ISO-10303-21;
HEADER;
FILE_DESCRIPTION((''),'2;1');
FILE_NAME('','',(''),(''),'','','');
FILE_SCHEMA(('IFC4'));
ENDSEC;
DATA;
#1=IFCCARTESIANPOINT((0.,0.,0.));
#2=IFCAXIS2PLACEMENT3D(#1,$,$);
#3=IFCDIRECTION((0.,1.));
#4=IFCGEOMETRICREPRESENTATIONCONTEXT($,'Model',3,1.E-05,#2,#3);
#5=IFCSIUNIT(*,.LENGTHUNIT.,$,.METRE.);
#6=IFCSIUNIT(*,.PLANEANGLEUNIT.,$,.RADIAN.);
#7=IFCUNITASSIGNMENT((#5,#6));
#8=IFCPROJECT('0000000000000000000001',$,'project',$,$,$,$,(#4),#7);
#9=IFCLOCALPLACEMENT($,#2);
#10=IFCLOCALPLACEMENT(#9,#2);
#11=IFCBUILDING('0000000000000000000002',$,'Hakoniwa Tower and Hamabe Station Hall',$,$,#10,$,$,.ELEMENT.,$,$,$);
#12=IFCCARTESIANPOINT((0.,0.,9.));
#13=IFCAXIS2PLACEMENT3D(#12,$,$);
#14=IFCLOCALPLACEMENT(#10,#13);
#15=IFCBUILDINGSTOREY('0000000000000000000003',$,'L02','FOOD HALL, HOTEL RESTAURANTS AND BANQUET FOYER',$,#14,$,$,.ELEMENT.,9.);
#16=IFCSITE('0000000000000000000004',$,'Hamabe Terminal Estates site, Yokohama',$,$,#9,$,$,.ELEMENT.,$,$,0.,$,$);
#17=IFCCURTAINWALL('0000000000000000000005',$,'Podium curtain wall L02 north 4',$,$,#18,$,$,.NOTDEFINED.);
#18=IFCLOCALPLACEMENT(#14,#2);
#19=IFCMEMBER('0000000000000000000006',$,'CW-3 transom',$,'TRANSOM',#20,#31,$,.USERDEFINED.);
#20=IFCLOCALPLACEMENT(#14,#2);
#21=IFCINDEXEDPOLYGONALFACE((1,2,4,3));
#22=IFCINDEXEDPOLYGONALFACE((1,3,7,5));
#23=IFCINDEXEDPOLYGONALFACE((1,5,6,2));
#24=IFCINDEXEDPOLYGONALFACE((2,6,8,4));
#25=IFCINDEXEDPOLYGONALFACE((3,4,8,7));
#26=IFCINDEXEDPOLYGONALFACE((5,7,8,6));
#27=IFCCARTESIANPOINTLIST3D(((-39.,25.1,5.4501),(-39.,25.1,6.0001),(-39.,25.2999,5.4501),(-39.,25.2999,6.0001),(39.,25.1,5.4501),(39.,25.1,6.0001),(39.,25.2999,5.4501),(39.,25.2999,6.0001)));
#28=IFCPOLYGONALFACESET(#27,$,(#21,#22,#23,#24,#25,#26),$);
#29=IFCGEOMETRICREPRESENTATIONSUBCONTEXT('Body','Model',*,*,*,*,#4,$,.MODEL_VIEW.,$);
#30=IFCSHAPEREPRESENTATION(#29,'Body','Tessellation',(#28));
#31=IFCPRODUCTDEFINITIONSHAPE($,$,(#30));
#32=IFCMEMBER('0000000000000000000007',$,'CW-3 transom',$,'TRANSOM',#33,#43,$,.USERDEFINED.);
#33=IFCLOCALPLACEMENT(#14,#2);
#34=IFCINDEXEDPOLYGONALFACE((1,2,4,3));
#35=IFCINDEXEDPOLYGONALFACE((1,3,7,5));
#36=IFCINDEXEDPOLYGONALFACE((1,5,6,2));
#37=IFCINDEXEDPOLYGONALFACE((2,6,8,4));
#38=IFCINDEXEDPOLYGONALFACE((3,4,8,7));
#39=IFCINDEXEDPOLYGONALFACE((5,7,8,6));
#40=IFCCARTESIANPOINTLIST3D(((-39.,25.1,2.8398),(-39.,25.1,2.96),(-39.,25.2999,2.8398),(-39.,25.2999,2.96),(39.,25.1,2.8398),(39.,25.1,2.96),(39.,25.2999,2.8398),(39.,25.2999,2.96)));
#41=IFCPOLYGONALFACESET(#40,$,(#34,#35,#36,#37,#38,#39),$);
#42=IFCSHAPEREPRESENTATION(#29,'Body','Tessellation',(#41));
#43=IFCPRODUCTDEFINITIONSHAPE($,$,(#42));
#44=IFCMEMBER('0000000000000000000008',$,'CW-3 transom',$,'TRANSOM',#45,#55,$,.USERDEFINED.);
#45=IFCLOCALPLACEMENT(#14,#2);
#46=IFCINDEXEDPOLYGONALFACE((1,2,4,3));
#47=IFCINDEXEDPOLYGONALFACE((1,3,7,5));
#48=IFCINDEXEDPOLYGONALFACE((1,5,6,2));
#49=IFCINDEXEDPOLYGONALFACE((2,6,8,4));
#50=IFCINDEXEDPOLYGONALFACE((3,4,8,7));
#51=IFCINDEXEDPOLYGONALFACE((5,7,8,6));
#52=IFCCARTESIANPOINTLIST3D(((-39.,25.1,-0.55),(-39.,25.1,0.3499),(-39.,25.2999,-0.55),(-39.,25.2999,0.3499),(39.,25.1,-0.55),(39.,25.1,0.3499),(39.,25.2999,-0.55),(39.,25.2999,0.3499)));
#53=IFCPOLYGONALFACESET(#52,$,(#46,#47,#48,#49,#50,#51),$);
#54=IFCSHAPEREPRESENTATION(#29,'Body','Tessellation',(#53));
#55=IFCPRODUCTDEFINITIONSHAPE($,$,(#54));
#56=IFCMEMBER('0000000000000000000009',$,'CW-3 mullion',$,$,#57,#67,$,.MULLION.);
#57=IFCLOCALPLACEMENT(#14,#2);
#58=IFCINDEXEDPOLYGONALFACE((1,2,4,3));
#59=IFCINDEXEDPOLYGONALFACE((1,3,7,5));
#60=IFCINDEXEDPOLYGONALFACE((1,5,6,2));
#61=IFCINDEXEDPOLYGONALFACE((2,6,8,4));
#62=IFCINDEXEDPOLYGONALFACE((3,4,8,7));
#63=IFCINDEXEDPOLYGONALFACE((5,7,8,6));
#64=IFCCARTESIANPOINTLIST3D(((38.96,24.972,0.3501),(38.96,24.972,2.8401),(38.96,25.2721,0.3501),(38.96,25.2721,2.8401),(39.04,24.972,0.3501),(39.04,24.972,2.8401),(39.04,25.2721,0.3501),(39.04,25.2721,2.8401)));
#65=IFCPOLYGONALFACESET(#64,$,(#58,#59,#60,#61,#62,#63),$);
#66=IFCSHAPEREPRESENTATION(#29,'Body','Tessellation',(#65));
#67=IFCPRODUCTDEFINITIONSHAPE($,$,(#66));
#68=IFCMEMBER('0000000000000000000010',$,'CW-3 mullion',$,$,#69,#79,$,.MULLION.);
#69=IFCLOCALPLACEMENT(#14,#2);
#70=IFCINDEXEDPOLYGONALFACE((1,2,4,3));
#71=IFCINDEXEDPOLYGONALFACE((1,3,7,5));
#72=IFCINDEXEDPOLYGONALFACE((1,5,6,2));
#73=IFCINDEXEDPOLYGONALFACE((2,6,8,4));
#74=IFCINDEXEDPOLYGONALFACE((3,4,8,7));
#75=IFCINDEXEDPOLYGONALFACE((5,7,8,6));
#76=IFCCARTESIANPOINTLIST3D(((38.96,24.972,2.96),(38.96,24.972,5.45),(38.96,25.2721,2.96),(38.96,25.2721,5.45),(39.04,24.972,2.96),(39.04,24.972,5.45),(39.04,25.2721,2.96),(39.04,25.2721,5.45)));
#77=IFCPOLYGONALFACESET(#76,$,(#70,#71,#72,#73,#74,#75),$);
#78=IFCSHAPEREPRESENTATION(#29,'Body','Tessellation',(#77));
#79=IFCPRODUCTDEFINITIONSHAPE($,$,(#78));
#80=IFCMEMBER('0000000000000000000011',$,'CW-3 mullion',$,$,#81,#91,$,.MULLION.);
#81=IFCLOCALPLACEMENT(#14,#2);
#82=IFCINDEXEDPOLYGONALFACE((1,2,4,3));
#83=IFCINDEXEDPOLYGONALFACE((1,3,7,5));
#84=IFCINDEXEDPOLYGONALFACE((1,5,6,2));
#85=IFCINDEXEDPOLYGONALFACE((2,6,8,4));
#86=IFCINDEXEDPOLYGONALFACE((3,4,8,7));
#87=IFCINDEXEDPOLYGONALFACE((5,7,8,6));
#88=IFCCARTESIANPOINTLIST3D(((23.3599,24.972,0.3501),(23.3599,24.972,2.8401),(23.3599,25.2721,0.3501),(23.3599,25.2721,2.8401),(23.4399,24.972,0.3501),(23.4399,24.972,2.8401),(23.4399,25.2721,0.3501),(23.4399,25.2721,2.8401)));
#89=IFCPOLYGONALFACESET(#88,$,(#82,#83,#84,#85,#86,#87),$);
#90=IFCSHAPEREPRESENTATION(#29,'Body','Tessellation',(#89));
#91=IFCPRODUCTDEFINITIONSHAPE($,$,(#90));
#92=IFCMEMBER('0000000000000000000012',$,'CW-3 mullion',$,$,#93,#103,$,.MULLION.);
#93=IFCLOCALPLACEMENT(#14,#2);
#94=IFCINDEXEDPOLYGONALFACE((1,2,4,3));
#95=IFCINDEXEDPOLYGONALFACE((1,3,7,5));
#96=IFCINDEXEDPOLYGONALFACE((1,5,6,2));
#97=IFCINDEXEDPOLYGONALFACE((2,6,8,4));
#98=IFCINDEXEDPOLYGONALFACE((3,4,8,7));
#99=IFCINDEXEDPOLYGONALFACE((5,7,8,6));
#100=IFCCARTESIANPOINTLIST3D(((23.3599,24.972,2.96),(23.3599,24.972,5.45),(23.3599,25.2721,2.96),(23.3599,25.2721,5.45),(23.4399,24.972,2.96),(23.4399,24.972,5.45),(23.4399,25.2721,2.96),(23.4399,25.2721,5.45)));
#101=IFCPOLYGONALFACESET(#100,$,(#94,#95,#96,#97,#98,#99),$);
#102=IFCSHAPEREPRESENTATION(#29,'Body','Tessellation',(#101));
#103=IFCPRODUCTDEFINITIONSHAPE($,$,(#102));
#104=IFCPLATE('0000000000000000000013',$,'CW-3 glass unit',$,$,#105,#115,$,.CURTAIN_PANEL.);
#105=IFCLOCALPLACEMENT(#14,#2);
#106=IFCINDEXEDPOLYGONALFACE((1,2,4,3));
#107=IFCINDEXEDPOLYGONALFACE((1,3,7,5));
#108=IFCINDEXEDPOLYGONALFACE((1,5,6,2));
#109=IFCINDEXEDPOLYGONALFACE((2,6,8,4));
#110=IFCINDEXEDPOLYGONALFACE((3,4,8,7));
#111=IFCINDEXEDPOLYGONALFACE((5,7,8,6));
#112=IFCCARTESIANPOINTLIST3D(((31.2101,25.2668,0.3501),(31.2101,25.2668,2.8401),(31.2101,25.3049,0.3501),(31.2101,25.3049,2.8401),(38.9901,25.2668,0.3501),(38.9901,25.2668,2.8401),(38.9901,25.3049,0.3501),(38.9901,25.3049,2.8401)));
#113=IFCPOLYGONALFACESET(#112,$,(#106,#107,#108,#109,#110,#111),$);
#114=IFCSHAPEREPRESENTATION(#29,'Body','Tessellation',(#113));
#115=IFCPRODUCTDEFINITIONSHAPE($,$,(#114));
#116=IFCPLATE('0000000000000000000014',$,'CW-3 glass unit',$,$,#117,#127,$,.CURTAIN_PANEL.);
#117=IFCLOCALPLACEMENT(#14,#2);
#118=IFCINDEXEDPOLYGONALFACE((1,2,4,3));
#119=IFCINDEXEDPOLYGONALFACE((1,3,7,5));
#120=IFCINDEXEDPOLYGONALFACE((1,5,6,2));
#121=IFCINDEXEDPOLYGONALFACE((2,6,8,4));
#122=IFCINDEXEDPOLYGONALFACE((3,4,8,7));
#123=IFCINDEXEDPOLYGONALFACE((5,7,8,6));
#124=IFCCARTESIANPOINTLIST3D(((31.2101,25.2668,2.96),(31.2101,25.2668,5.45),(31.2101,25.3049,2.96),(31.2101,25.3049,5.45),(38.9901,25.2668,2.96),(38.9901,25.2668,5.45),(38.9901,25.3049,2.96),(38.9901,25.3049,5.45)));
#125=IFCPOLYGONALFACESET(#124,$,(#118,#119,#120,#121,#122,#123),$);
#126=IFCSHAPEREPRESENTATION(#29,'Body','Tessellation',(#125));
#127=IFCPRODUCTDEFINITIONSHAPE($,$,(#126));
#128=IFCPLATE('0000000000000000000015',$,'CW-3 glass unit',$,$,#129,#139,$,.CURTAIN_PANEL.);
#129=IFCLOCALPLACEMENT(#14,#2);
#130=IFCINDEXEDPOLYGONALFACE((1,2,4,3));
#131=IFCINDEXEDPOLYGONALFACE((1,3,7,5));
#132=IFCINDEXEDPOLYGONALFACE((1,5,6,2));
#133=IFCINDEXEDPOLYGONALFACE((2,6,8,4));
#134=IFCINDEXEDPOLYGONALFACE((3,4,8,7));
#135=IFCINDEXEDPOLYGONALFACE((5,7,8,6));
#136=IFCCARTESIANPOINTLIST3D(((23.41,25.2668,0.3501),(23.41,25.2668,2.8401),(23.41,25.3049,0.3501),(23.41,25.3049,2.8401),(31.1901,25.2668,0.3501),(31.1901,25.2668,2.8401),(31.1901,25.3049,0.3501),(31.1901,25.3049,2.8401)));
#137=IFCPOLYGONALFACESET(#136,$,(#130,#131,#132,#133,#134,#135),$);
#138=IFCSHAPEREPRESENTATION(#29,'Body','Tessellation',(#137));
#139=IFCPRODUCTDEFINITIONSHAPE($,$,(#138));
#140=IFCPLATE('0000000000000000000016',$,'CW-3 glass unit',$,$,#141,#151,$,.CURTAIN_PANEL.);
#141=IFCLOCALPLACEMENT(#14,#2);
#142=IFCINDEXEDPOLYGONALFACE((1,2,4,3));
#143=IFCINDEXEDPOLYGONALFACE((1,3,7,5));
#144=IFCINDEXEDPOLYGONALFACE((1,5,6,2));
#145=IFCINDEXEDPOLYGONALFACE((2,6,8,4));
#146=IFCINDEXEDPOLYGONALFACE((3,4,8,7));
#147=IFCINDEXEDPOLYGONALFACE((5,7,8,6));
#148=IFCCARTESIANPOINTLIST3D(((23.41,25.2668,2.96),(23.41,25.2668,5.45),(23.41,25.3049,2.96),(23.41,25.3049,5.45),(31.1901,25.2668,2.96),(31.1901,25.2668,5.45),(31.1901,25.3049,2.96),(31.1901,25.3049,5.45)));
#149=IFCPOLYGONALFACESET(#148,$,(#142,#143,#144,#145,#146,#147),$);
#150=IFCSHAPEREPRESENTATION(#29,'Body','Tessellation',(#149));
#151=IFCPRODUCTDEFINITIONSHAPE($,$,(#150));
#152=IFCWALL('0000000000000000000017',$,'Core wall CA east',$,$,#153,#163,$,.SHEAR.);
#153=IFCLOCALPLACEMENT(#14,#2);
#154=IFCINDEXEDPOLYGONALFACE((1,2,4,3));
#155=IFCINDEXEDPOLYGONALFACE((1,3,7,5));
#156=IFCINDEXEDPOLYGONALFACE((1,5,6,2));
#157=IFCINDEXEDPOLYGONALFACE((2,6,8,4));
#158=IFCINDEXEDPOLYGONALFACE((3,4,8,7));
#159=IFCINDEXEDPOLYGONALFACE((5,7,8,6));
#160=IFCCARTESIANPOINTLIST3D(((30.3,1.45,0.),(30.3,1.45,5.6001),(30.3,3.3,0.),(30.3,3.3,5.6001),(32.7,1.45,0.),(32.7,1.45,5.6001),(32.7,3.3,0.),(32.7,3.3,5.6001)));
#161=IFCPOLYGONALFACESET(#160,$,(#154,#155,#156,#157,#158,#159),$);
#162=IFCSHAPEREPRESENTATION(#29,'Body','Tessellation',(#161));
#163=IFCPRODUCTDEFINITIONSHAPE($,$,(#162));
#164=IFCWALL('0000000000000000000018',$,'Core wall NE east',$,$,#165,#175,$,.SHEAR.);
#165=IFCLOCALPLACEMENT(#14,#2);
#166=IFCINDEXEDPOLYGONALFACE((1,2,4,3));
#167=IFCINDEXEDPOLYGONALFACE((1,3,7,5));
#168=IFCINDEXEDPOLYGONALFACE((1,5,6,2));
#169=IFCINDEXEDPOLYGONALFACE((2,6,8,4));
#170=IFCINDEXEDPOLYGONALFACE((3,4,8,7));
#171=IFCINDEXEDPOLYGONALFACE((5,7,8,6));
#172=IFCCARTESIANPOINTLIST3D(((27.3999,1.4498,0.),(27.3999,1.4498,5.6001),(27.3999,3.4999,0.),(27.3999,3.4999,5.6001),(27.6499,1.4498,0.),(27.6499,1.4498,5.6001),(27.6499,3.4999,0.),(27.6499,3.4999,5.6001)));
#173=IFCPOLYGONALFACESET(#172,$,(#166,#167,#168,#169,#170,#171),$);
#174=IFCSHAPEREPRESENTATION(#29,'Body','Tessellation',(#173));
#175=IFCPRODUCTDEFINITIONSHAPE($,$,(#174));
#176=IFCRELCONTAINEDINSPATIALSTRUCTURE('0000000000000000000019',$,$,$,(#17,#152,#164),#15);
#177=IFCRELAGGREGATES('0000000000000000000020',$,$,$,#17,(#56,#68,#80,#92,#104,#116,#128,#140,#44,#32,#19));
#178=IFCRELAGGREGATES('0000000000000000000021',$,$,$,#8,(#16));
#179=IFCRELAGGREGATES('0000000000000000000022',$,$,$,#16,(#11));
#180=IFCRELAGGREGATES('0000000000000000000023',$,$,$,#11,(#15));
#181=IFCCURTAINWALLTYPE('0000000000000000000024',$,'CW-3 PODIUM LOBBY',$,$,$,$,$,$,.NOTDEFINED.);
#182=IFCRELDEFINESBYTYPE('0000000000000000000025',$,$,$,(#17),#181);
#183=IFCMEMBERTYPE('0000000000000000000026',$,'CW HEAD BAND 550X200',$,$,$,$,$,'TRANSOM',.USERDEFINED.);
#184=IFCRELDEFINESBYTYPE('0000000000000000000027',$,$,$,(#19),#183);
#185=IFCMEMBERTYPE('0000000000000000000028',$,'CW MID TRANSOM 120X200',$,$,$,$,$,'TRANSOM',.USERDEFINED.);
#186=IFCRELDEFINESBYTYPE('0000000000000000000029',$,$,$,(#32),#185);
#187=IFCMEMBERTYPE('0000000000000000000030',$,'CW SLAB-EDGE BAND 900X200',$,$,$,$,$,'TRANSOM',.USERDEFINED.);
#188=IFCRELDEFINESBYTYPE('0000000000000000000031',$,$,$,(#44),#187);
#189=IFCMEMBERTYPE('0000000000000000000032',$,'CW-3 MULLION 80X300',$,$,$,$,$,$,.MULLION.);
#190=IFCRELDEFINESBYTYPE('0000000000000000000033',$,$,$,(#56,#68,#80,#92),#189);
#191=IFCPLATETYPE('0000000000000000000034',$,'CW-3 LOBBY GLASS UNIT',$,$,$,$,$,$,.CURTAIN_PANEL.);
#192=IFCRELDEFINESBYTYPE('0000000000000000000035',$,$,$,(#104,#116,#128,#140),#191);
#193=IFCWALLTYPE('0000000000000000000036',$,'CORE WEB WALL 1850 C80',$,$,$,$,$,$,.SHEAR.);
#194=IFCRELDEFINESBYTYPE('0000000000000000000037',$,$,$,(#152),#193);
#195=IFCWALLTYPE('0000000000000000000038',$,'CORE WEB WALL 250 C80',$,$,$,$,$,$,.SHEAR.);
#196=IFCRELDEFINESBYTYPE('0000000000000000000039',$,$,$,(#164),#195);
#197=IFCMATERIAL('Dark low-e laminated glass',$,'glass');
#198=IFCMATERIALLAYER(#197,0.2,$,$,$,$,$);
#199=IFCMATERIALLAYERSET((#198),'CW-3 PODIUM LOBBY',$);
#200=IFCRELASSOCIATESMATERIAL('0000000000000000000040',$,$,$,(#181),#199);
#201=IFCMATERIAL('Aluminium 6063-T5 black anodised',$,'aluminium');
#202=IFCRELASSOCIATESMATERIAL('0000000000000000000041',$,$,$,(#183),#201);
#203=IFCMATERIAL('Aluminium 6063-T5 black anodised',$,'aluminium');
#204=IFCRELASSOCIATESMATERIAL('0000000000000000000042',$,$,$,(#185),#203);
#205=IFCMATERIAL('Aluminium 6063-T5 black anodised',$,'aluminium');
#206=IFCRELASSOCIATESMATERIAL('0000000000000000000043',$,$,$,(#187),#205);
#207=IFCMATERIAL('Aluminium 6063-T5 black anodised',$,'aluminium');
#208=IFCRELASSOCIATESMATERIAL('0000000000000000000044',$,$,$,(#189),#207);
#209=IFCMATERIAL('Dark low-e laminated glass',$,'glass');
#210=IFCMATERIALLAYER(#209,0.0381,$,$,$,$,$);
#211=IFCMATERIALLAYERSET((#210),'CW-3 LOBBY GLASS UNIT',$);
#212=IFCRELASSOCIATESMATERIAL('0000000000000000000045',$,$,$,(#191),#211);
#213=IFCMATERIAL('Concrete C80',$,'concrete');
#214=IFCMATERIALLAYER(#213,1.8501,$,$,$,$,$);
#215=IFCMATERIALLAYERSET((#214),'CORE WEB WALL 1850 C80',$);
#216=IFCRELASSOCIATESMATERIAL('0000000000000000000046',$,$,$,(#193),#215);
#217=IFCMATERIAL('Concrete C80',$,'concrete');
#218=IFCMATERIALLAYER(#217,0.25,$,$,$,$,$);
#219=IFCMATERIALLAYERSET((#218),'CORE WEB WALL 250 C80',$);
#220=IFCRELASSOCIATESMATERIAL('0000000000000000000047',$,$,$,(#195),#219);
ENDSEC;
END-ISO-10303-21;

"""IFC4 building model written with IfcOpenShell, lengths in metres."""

from ifc_helpers import new_model, si_unit, direction, frame, frame_2d, origin, origin_2d, place, context, subcontext, project, spatial, rectangle, extrude, material, layer, layer_set, material_profile, profile_set, type_object, element, aggregate, save


model = new_model("IFC4")

# Units and contexts
model_context = context("Model", 3, precision=1e-05, world=origin(), true_north=direction((0.0, 1.0)))
body_context = subcontext(model_context, "Body", "Model", "MODEL_VIEW")
ifc_project = project(units=[si_unit("LENGTHUNIT", "METRE"), si_unit("PLANEANGLEUNIT", "RADIAN")], contexts=[model_context])

# Site, building, storey
site_placement = place(None, origin())
site = spatial("IfcSite", under=ifc_project, at=site_placement, Name="Hamabe Terminal Estates site, Yokohama", CompositionType="ELEMENT", RefElevation=0.0)
building_placement = place(site_placement, origin())
building = spatial("IfcBuilding", under=site, at=building_placement, Name="Hakoniwa Tower and Hamabe Station Hall", CompositionType="ELEMENT")
storey_placement = place(building_placement, frame((0.0, 0.0, 9.0)))
storey = spatial("IfcBuildingStorey", under=building, at=storey_placement, Name="L02", Description="FOOD HALL, HOTEL RESTAURANTS AND BANQUET FOYER", CompositionType="ELEMENT", Elevation=9.0)

# Curtain wall, members, plates
ifc_material_1 = material(Name="Dark low-e laminated glass", Category="glass")
ifc_layer_1 = layer(ifc_material_1, 0.2)
ifc_layer_set_1 = layer_set([ifc_layer_1], Name="CW-3 PODIUM LOBBY")
curtain_wall_type = type_object("IfcCurtainWallType", Name="CW-3 PODIUM LOBBY", PredefinedType="NOTDEFINED", material=ifc_layer_set_1)
curtain_wall_placement = place(storey_placement, origin())
curtain_wall = element("IfcCurtainWall", 1, at=curtain_wall_placement, inside=storey, type_object=curtain_wall_type, Name="Podium curtain wall L02 north 4", PredefinedType="NOTDEFINED")
ifc_material_2 = material(Name="Aluminium 6063-T5 black anodised", Category="aluminium")
ifc_material_profile_1 = material_profile(ifc_material_2, rectangle(XDim=0.2, YDim=0.55, at=origin_2d()), Name="CW HEAD BAND 550X200")
ifc_profile_set_1 = profile_set([ifc_material_profile_1], Name="Aluminium 6063-T5 black anodised")
member_type_1 = type_object("IfcMemberType", Name="CW HEAD BAND 550X200", ElementType="TRANSOM", PredefinedType="USERDEFINED", material=ifc_profile_set_1)
member_1_placement = place(storey_placement, frame((39.0, 25.2, 5.7251), z_axis=(-1.0, 0.0, 0.0), x_axis=(0.0, -1.0, 0.0)))
member_1 = element("IfcMember", 2, at=member_1_placement, type_object=member_type_1, Name="CW-3 transom", ObjectType="TRANSOM", PredefinedType="USERDEFINED", context=body_context, shape_type="SweptSolid", body=[
    extrude(rectangle(XDim=0.2, YDim=0.55, at=origin_2d()), origin(), (0.0, 0.0, 1.0), 78.0),
])
ifc_material_3 = material(Name="Aluminium 6063-T5 black anodised", Category="aluminium")
ifc_material_profile_2 = material_profile(ifc_material_3, rectangle(XDim=0.2, YDim=0.1201, at=origin_2d()), Name="CW MID TRANSOM 120X200")
ifc_profile_set_2 = profile_set([ifc_material_profile_2], Name="Aluminium 6063-T5 black anodised")
member_type_2 = type_object("IfcMemberType", Name="CW MID TRANSOM 120X200", ElementType="TRANSOM", PredefinedType="USERDEFINED", material=ifc_profile_set_2)
member_2_placement = place(storey_placement, frame((39.0, 25.2, 2.8999), z_axis=(-1.0, 0.0, 0.0), x_axis=(0.0, -1.0, 0.0)))
member_2 = element("IfcMember", 3, at=member_2_placement, type_object=member_type_2, Name="CW-3 transom", ObjectType="TRANSOM", PredefinedType="USERDEFINED", context=body_context, shape_type="SweptSolid", body=[
    extrude(rectangle(XDim=0.2, YDim=0.1201, at=origin_2d()), origin(), (0.0, 0.0, 1.0), 78.0),
])
ifc_material_4 = material(Name="Aluminium 6063-T5 black anodised", Category="aluminium")
ifc_material_profile_3 = material_profile(ifc_material_4, rectangle(XDim=0.2, YDim=0.8999, at=origin_2d()), Name="CW SLAB-EDGE BAND 900X200")
ifc_profile_set_3 = profile_set([ifc_material_profile_3], Name="Aluminium 6063-T5 black anodised")
member_type_3 = type_object("IfcMemberType", Name="CW SLAB-EDGE BAND 900X200", ElementType="TRANSOM", PredefinedType="USERDEFINED", material=ifc_profile_set_3)
member_3_placement = place(storey_placement, frame((39.0, 25.2, -0.1001), z_axis=(-1.0, 0.0, 0.0), x_axis=(0.0, -1.0, 0.0)))
member_3 = element("IfcMember", 4, at=member_3_placement, type_object=member_type_3, Name="CW-3 transom", ObjectType="TRANSOM", PredefinedType="USERDEFINED", context=body_context, shape_type="SweptSolid", body=[
    extrude(rectangle(XDim=0.2, YDim=0.8999, at=origin_2d()), origin(), (0.0, 0.0, 1.0), 78.0),
])
ifc_material_5 = material(Name="Aluminium 6063-T5 black anodised", Category="aluminium")
ifc_material_profile_4 = material_profile(ifc_material_5, rectangle(XDim=0.0801, YDim=0.3, at=origin_2d()), Name="CW-3 MULLION 80X300")
ifc_profile_set_4 = profile_set([ifc_material_profile_4], Name="Aluminium 6063-T5 black anodised")
member_type_4 = type_object("IfcMemberType", Name="CW-3 MULLION 80X300", PredefinedType="MULLION", material=ifc_profile_set_4)
member_4_placement = place(storey_placement, frame((39.0, 25.1221, 0.3501), z_axis=(0.0, 0.0, 1.0), x_axis=(-1.0, 0.0, 0.0)))
member_4 = element("IfcMember", 5, at=member_4_placement, type_object=member_type_4, Name="CW-3 mullion", PredefinedType="MULLION", context=body_context, shape_type="SweptSolid", body=[
    extrude(rectangle(XDim=0.0801, YDim=0.3, at=origin_2d()), origin(), (0.0, 0.0, 1.0), 2.49),
])
member_5_placement = place(storey_placement, frame((39.0, 25.1221, 2.96), z_axis=(0.0, 0.0, 1.0), x_axis=(-1.0, 0.0, 0.0)))
member_5 = element("IfcMember", 6, at=member_5_placement, type_object=member_type_4, Name="CW-3 mullion", PredefinedType="MULLION", context=body_context, shape_type="SweptSolid", body=[
    extrude(rectangle(XDim=0.0801, YDim=0.3, at=origin_2d()), origin(), (0.0, 0.0, 1.0), 2.49),
])
member_6_placement = place(storey_placement, frame((23.3999, 25.1221, 0.3501), z_axis=(0.0, 0.0, 1.0), x_axis=(-1.0, 0.0, 0.0)))
member_6 = element("IfcMember", 7, at=member_6_placement, type_object=member_type_4, Name="CW-3 mullion", PredefinedType="MULLION", context=body_context, shape_type="SweptSolid", body=[
    extrude(rectangle(XDim=0.0801, YDim=0.3, at=origin_2d()), origin(), (0.0, 0.0, 1.0), 2.49),
])
member_7_placement = place(storey_placement, frame((23.3999, 25.1221, 2.96), z_axis=(0.0, 0.0, 1.0), x_axis=(-1.0, 0.0, 0.0)))
member_7 = element("IfcMember", 8, at=member_7_placement, type_object=member_type_4, Name="CW-3 mullion", PredefinedType="MULLION", context=body_context, shape_type="SweptSolid", body=[
    extrude(rectangle(XDim=0.0801, YDim=0.3, at=origin_2d()), origin(), (0.0, 0.0, 1.0), 2.49),
])
ifc_material_6 = material(Name="Dark low-e laminated glass", Category="glass")
ifc_layer_2 = layer(ifc_material_6, 0.0381)
ifc_layer_set_2 = layer_set([ifc_layer_2], Name="CW-3 LOBBY GLASS UNIT")
plate_type = type_object("IfcPlateType", Name="CW-3 LOBBY GLASS UNIT", PredefinedType="CURTAIN_PANEL", material=ifc_layer_set_2)
plate_1_placement = place(storey_placement, frame((35.1001, 25.2859, 0.3501), z_axis=(0.0, 0.0, 1.0), x_axis=(-1.0, 0.0, 0.0)))
plate_1 = element("IfcPlate", 9, at=plate_1_placement, type_object=plate_type, Name="CW-3 glass unit", PredefinedType="CURTAIN_PANEL", context=body_context, shape_type="SweptSolid", body=[
    extrude(rectangle(XDim=7.78, YDim=0.0381, at=origin_2d()), origin(), (0.0, 0.0, 1.0), 2.49),
])
plate_2_placement = place(storey_placement, frame((35.1001, 25.2859, 2.96), z_axis=(0.0, 0.0, 1.0), x_axis=(-1.0, 0.0, 0.0)))
plate_2 = element("IfcPlate", 10, at=plate_2_placement, type_object=plate_type, Name="CW-3 glass unit", PredefinedType="CURTAIN_PANEL", context=body_context, shape_type="SweptSolid", body=[
    extrude(rectangle(XDim=7.78, YDim=0.0381, at=origin_2d()), origin(), (0.0, 0.0, 1.0), 2.49),
])
plate_3_placement = place(storey_placement, frame((27.3, 25.2859, 0.3501), z_axis=(0.0, 0.0, 1.0), x_axis=(-1.0, 0.0, 0.0)))
plate_3 = element("IfcPlate", 11, at=plate_3_placement, type_object=plate_type, Name="CW-3 glass unit", PredefinedType="CURTAIN_PANEL", context=body_context, shape_type="SweptSolid", body=[
    extrude(rectangle(XDim=7.78, YDim=0.0381, at=origin_2d()), origin(), (0.0, 0.0, 1.0), 2.49),
])
plate_4_placement = place(storey_placement, frame((27.3, 25.2859, 2.96), z_axis=(0.0, 0.0, 1.0), x_axis=(-1.0, 0.0, 0.0)))
plate_4 = element("IfcPlate", 12, at=plate_4_placement, type_object=plate_type, Name="CW-3 glass unit", PredefinedType="CURTAIN_PANEL", context=body_context, shape_type="SweptSolid", body=[
    extrude(rectangle(XDim=7.78, YDim=0.0381, at=origin_2d()), origin(), (0.0, 0.0, 1.0), 2.49),
])
aggregate(curtain_wall, [member_4, member_5, member_6, member_7, plate_1, plate_2, plate_3, plate_4, member_3, member_2, member_1])

# Walls
ifc_material_7 = material(Name="Concrete C80", Category="concrete")
ifc_layer_3 = layer(ifc_material_7, 1.8501)
ifc_layer_set_3 = layer_set([ifc_layer_3], Name="CORE WEB WALL 1850 C80")
wall_type_1 = type_object("IfcWallType", Name="CORE WEB WALL 1850 C80", PredefinedType="SHEAR", material=ifc_layer_set_3)
wall_1_placement = place(storey_placement, frame((30.3, 2.375, 0.0), z_axis=(0.0, 0.0, 1.0), x_axis=(1.0, 0.0, 0.0)))
element("IfcWall", 13, at=wall_1_placement, inside=storey, type_object=wall_type_1, Name="Core wall CA east", PredefinedType="SHEAR", context=body_context, shape_type="SweptSolid", body=[
    extrude(rectangle(XDim=2.3999, YDim=1.8501, at=frame_2d((1.2, 0.0))), origin(), (0.0, 0.0, 1.0), 5.6001),
])
ifc_material_8 = material(Name="Concrete C80", Category="concrete")
ifc_layer_4 = layer(ifc_material_8, 0.25)
ifc_layer_set_4 = layer_set([ifc_layer_4], Name="CORE WEB WALL 250 C80")
wall_type_2 = type_object("IfcWallType", Name="CORE WEB WALL 250 C80", PredefinedType="SHEAR", material=ifc_layer_set_4)
wall_2_placement = place(storey_placement, frame((27.5249, 1.45, 0.0), z_axis=(0.0, 0.0, 1.0), x_axis=(0.0, 1.0, 0.0)))
element("IfcWall", 14, at=wall_2_placement, inside=storey, type_object=wall_type_2, Name="Core wall NE east", PredefinedType="SHEAR", context=body_context, shape_type="SweptSolid", body=[
    extrude(rectangle(XDim=2.05, YDim=0.25, at=frame_2d((1.0249, 0.0))), origin(), (0.0, 0.0, 1.0), 5.6001),
])

save(model, "model.ifc")
